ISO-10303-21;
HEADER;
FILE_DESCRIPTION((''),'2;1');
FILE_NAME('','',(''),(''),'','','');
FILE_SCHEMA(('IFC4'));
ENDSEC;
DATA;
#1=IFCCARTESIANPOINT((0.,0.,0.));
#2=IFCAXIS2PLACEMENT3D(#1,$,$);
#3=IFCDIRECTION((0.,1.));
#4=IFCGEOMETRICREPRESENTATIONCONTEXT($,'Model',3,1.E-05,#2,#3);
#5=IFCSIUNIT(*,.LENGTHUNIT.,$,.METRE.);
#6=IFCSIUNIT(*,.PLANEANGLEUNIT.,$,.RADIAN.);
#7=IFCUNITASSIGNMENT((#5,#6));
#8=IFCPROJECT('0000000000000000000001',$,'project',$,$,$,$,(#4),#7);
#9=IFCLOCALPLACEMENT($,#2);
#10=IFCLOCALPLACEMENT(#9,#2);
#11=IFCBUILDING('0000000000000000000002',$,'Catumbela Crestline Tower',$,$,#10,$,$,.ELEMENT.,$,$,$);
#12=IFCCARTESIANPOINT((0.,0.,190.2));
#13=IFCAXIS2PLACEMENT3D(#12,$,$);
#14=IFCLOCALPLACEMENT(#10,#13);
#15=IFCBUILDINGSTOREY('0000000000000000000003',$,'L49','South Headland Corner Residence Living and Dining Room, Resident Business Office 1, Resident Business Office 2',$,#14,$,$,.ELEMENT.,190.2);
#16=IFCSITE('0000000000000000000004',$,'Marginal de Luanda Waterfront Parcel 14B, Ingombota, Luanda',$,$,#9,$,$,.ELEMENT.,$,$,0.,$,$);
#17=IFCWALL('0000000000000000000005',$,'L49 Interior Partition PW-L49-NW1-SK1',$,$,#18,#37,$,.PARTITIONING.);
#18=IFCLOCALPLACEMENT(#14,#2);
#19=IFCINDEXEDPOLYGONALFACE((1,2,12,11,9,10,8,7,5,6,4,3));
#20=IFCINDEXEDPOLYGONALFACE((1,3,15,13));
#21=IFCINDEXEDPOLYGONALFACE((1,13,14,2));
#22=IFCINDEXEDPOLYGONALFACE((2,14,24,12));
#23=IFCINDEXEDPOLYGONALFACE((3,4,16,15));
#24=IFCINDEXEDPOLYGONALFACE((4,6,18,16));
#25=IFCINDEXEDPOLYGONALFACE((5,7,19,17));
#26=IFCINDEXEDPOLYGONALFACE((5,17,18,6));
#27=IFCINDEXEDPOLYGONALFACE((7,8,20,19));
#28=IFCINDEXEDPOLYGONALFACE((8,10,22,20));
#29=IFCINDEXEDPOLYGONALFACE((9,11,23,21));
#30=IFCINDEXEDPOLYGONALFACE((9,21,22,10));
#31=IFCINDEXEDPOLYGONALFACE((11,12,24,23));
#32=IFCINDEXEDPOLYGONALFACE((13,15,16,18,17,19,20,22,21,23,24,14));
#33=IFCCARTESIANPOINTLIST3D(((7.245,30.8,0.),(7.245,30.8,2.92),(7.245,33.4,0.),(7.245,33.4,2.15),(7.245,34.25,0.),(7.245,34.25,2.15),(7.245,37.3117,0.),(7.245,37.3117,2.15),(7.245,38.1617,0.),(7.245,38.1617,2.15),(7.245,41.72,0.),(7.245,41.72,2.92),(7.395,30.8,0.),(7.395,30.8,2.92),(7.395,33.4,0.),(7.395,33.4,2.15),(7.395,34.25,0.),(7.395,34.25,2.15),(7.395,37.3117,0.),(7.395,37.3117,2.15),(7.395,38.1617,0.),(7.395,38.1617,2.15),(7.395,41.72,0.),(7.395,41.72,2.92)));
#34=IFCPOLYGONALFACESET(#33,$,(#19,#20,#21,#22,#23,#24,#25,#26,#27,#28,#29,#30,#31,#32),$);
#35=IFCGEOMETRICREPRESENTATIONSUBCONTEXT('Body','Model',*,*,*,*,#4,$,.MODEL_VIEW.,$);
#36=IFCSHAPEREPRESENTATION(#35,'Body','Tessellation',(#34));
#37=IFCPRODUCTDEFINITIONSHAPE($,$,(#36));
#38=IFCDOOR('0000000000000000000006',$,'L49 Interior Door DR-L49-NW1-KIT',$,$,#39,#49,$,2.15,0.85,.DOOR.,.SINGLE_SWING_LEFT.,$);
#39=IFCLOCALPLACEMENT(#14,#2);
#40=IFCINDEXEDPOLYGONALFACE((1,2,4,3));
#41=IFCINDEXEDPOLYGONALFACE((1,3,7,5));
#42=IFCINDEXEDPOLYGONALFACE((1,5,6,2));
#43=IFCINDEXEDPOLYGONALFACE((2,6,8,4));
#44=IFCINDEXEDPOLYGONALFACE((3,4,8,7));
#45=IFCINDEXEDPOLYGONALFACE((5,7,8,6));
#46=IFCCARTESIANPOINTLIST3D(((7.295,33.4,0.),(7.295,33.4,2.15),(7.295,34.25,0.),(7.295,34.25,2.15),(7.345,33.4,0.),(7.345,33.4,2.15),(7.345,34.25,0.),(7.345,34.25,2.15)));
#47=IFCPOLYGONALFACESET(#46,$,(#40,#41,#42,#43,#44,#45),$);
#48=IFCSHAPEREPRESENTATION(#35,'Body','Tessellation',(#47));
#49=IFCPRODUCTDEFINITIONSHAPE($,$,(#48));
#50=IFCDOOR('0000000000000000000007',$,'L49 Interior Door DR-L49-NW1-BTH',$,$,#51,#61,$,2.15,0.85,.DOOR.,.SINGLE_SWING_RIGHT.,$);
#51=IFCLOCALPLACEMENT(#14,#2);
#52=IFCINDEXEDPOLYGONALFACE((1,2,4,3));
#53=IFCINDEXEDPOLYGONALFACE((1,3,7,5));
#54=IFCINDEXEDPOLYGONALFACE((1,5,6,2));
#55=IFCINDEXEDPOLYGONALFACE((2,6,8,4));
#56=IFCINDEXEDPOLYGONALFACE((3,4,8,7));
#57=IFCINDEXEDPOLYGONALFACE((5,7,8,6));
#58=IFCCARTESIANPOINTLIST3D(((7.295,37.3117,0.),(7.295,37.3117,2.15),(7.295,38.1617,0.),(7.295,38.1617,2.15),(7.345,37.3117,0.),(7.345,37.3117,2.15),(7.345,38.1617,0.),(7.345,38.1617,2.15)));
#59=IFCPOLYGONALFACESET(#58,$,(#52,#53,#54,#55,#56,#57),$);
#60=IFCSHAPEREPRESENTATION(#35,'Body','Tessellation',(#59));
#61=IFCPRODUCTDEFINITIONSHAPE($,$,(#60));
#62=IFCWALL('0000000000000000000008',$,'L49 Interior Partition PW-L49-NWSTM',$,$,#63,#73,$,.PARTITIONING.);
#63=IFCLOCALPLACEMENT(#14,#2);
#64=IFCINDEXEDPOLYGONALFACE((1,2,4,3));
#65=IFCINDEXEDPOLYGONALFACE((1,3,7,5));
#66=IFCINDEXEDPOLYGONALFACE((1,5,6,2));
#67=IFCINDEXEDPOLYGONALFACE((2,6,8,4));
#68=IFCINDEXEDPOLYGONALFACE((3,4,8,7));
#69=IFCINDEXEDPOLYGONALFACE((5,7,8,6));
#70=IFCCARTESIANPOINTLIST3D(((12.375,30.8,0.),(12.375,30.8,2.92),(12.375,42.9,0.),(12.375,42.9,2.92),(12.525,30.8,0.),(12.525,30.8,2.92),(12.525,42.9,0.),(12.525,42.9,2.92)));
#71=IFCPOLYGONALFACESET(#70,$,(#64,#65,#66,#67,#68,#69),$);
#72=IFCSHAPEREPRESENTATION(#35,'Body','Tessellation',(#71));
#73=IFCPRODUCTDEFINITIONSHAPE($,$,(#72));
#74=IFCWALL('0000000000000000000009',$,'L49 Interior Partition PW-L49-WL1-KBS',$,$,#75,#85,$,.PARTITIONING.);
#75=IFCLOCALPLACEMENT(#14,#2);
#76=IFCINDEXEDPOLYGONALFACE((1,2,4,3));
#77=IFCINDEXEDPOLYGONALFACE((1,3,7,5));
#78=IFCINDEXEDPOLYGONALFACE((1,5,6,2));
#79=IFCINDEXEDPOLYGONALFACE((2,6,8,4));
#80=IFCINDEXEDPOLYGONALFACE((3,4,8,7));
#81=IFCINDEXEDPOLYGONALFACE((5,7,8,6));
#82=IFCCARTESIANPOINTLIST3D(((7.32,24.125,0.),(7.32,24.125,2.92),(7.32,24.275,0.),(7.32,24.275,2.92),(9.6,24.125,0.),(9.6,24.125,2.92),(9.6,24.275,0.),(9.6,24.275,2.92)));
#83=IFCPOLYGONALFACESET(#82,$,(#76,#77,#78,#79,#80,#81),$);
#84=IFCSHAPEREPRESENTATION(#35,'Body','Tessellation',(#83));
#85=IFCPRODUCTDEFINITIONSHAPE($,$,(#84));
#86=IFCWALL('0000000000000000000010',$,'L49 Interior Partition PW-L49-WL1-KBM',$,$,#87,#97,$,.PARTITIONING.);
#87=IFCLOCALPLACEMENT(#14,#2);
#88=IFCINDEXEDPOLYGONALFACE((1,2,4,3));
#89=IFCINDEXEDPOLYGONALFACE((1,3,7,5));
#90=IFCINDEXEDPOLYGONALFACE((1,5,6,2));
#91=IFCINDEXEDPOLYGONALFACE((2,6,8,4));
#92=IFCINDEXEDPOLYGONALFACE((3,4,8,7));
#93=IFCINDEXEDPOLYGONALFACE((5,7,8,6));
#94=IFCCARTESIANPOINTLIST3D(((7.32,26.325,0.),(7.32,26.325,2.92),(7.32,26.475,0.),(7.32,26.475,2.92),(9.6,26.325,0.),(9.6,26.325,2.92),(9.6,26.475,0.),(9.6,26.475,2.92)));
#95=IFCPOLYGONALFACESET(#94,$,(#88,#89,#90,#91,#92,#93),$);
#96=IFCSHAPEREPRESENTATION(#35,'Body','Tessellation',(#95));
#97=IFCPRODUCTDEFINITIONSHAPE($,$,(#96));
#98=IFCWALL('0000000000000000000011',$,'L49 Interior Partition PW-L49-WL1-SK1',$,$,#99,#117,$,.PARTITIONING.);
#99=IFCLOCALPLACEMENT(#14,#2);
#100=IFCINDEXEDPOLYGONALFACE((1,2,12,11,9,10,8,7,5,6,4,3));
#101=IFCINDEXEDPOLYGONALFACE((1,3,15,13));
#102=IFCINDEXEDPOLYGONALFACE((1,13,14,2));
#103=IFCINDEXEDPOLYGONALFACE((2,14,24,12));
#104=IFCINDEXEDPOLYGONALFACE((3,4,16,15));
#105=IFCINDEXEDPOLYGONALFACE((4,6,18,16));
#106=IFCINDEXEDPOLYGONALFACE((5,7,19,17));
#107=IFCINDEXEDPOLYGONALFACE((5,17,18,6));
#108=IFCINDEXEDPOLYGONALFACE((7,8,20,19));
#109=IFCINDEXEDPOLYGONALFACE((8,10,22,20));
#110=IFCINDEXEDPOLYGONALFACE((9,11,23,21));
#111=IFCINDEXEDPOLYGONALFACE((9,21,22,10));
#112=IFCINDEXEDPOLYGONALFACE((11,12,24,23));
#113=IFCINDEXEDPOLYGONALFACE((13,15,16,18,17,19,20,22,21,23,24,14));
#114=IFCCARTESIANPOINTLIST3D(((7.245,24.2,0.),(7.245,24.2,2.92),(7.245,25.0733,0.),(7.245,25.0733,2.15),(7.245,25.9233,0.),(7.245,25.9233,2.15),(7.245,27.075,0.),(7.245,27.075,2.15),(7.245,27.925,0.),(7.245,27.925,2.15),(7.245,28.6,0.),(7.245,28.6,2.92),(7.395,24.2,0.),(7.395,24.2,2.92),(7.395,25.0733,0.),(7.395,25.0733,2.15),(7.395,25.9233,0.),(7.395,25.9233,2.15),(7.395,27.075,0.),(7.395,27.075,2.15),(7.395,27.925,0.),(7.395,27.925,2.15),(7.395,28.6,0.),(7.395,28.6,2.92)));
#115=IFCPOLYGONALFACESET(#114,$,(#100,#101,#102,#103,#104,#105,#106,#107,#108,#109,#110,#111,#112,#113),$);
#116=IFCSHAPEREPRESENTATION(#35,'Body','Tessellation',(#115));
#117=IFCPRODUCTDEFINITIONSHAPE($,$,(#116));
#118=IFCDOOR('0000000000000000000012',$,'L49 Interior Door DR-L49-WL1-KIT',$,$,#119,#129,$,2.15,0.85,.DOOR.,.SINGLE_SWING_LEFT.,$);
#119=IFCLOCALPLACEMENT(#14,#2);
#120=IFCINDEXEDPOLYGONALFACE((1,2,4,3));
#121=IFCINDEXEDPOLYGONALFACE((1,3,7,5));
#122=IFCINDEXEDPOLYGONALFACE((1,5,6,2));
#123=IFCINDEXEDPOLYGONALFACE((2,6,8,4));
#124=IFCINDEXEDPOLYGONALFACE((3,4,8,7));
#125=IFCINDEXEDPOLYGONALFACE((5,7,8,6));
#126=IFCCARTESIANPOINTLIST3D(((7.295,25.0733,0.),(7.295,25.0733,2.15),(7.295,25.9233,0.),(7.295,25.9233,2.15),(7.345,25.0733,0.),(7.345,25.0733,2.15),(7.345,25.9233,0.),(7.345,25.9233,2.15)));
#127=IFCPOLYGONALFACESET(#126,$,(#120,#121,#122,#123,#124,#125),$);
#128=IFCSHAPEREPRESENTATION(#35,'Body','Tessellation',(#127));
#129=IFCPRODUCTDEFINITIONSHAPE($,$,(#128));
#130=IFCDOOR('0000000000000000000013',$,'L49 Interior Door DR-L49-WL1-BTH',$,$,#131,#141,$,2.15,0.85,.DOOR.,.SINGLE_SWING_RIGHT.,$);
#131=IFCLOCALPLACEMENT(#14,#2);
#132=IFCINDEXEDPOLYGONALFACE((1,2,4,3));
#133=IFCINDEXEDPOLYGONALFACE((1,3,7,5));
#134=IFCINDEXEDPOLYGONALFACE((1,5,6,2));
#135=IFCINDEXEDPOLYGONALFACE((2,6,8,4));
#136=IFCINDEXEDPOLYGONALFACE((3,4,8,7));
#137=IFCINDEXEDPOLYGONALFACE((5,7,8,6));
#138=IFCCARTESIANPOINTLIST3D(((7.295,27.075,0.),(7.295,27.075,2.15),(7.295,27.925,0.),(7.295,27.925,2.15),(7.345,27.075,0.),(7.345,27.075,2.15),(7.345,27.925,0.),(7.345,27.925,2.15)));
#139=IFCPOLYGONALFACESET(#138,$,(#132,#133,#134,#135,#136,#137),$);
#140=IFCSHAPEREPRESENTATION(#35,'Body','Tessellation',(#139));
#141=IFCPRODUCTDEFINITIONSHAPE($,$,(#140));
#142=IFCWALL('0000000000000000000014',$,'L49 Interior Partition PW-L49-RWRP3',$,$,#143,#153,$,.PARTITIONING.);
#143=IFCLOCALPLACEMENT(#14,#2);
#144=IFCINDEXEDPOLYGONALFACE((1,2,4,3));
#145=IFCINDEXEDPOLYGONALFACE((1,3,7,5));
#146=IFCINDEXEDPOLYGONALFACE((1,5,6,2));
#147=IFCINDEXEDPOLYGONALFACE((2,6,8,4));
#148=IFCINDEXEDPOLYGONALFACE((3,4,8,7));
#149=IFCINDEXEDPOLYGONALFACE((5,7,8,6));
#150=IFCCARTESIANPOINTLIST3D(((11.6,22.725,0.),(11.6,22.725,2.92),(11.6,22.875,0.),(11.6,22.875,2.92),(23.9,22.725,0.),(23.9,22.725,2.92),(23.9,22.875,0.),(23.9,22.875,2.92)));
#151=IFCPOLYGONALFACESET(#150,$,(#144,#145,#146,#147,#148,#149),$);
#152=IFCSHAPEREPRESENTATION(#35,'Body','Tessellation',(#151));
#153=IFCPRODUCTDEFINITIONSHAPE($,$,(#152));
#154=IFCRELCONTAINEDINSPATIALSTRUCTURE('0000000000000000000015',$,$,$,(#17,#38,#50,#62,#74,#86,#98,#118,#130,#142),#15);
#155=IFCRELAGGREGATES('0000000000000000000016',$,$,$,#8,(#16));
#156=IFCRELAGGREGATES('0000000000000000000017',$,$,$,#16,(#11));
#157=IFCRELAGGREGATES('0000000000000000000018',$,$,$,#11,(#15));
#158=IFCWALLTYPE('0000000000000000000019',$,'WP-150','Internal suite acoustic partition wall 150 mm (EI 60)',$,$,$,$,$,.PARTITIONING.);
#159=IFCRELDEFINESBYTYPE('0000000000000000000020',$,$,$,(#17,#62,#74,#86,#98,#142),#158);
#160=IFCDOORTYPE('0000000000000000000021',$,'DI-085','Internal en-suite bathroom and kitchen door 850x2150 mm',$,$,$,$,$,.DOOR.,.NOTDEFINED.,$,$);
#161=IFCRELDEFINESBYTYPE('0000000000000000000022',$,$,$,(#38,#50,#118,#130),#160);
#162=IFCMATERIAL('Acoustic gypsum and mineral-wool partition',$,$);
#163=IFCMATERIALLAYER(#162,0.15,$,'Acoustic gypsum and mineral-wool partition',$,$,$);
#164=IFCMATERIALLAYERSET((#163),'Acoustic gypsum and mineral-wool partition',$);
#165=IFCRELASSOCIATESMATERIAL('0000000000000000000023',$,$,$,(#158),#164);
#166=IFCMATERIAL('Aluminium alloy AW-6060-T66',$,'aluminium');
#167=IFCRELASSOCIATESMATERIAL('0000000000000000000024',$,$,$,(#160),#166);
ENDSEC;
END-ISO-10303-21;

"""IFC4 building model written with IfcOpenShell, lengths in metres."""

from ifc_helpers import new_model, si_unit, direction, frame, frame_2d, origin, place, context, subcontext, project, spatial, rectangle, extrude, material, layer, layer_set, type_object, element, fill, save


model = new_model("IFC4")

# Units and contexts
model_context = context("Model", 3, precision=1e-05, world=origin(), true_north=direction((0.0, 1.0)))
body_context = subcontext(model_context, "Body", "Model", "MODEL_VIEW")
ifc_project = project(units=[si_unit("LENGTHUNIT", "METRE"), si_unit("PLANEANGLEUNIT", "RADIAN")], contexts=[model_context])

# Site, building, storey
site_placement = place(None, origin())
site = spatial("IfcSite", under=ifc_project, at=site_placement, Name="Marginal de Luanda Waterfront Parcel 14B, Ingombota, Luanda", CompositionType="ELEMENT", RefElevation=0.0)
building_placement = place(site_placement, origin())
building = spatial("IfcBuilding", under=site, at=building_placement, Name="Catumbela Crestline Tower", CompositionType="ELEMENT")
storey_placement = place(building_placement, frame((0.0, 0.0, 190.2)))
storey = spatial("IfcBuildingStorey", under=building, at=storey_placement, Name="L49", Description="South Headland Corner Residence Living and Dining Room, Resident Business Office 1, Resident Business Office 2", CompositionType="ELEMENT", Elevation=190.2)

# Shared definitions
ifc_material_1 = material(Name="Acoustic gypsum and mineral-wool partition")
ifc_material_2 = material(Name="Aluminium alloy AW-6060-T66", Category="aluminium")

# Shared definitions
ifc_layer_1 = layer(ifc_material_1, 0.15, Name="Acoustic gypsum and mineral-wool partition")
ifc_layer_set_1 = layer_set([ifc_layer_1], Name="Acoustic gypsum and mineral-wool partition")
wall_type_1 = type_object("IfcWallType", Name="WP-150", Description="Internal suite acoustic partition wall 150 mm (EI 60)", PredefinedType="PARTITIONING", material=ifc_layer_set_1)

# Wall, openings, doors
wall_1_placement = place(storey_placement, frame((7.32, 30.8, 0.0), z_axis=(0.0, 0.0, 1.0), x_axis=(0.0, 1.0, 0.0)))
wall_1 = element("IfcWall", 1, at=wall_1_placement, inside=storey, type_object=wall_type_1, Name="L49 Interior Partition PW-L49-NW1-SK1", PredefinedType="PARTITIONING", context=body_context, shape_type="SweptSolid", body=[
    extrude(rectangle(XDim=10.92, YDim=0.15, at=frame_2d((5.46, 0.0))), origin(), (0.0, 0.0, 1.0), 2.92),
])
opening_1_placement = place(wall_1_placement, frame((2.6, 0.0, 0.0)))
opening_1 = element("IfcOpeningElement", 2, at=opening_1_placement, cuts=wall_1, PredefinedType="OPENING", context=body_context, shape_type="SweptSolid", body=[
    extrude(rectangle(XDim=0.85, YDim=2.15, at=frame_2d((0.425, 1.075))), frame((0.0, 0.085, 0.0), z_axis=(0.0, -1.0, 0.0), x_axis=(1.0, 0.0, 0.0)), (0.0, 0.0, 1.0), 0.17),
])
opening_2_placement = place(wall_1_placement, frame((6.5117, 0.0, 0.0)))
opening_2 = element("IfcOpeningElement", 3, at=opening_2_placement, cuts=wall_1, PredefinedType="OPENING", context=body_context, shape_type="SweptSolid", body=[
    extrude(rectangle(XDim=0.85, YDim=2.15, at=frame_2d((0.425, 1.075))), frame((0.0, 0.085, 0.0), z_axis=(0.0, -1.0, 0.0), x_axis=(1.0, 0.0, 0.0)), (0.0, 0.0, 1.0), 0.17),
])
door_type_1 = type_object("IfcDoorType", Name="DI-085", Description="Internal en-suite bathroom and kitchen door 850x2150 mm", OperationType="NOTDEFINED", PredefinedType="DOOR", material=ifc_material_2)
door_1_placement = place(opening_1_placement, origin())
door_1 = element("IfcDoor", 4, at=door_1_placement, inside=storey, type_object=door_type_1, Name="L49 Interior Door DR-L49-NW1-KIT", OperationType="SINGLE_SWING_LEFT", OverallHeight=2.15, OverallWidth=0.85, PredefinedType="DOOR", context=body_context, shape_type="SweptSolid", body=[
    extrude(rectangle(XDim=0.85, YDim=2.15, at=frame_2d((0.425, 1.075))), frame((0.0, 0.025, 0.0), z_axis=(0.0, -1.0, 0.0), x_axis=(1.0, 0.0, 0.0)), (0.0, 0.0, 1.0), 0.05),
])
fill(opening_1, door_1)
door_2_placement = place(opening_2_placement, origin())
door_2 = element("IfcDoor", 5, at=door_2_placement, inside=storey, type_object=door_type_1, Name="L49 Interior Door DR-L49-NW1-BTH", OperationType="SINGLE_SWING_RIGHT", OverallHeight=2.15, OverallWidth=0.85, PredefinedType="DOOR", context=body_context, shape_type="SweptSolid", body=[
    extrude(rectangle(XDim=0.85, YDim=2.15, at=frame_2d((0.425, 1.075))), frame((0.0, 0.025, 0.0), z_axis=(0.0, -1.0, 0.0), x_axis=(1.0, 0.0, 0.0)), (0.0, 0.0, 1.0), 0.05),
])
fill(opening_2, door_2)

# Walls
wall_2_placement = place(storey_placement, frame((12.45, 30.8, 0.0), z_axis=(0.0, 0.0, 1.0), x_axis=(0.0, 1.0, 0.0)))
element("IfcWall", 6, at=wall_2_placement, inside=storey, type_object=wall_type_1, Name="L49 Interior Partition PW-L49-NWSTM", PredefinedType="PARTITIONING", context=body_context, shape_type="SweptSolid", body=[
    extrude(rectangle(XDim=12.1, YDim=0.15, at=frame_2d((6.05, 0.0))), origin(), (0.0, 0.0, 1.0), 2.92),
])
for number, where, z_axis, x_axis, name in (
    (7, (7.32, 24.2, 0.0), (0.0, 0.0, 1.0), (1.0, 0.0, 0.0), "L49 Interior Partition PW-L49-WL1-KBS"),
    (8, (7.32, 26.4, 0.0), (0.0, 0.0, 1.0), (1.0, 0.0, 0.0), "L49 Interior Partition PW-L49-WL1-KBM"),
):
    element("IfcWall", number, at=place(storey_placement, frame(where, z_axis=z_axis, x_axis=x_axis)), inside=storey, type_object=wall_type_1, Name=name, PredefinedType="PARTITIONING", context=body_context, shape_type="SweptSolid", body=[
        extrude(rectangle(XDim=2.28, YDim=0.15, at=frame_2d((1.14, 0.0))), origin(), (0.0, 0.0, 1.0), 2.92),
    ])

# Wall, openings, doors
wall_3_placement = place(storey_placement, frame((7.32, 24.2, 0.0), z_axis=(0.0, 0.0, 1.0), x_axis=(0.0, 1.0, 0.0)))
wall_3 = element("IfcWall", 9, at=wall_3_placement, inside=storey, type_object=wall_type_1, Name="L49 Interior Partition PW-L49-WL1-SK1", PredefinedType="PARTITIONING", context=body_context, shape_type="SweptSolid", body=[
    extrude(rectangle(XDim=4.4, YDim=0.15, at=frame_2d((2.2, 0.0))), origin(), (0.0, 0.0, 1.0), 2.92),
])
opening_3_placement = place(wall_3_placement, frame((0.8733, 0.0, 0.0)))
opening_3 = element("IfcOpeningElement", 10, at=opening_3_placement, cuts=wall_3, PredefinedType="OPENING", context=body_context, shape_type="SweptSolid", body=[
    extrude(rectangle(XDim=0.85, YDim=2.15, at=frame_2d((0.425, 1.075))), frame((0.0, 0.085, 0.0), z_axis=(0.0, -1.0, 0.0), x_axis=(1.0, 0.0, 0.0)), (0.0, 0.0, 1.0), 0.17),
])
opening_4_placement = place(wall_3_placement, frame((2.875, 0.0, 0.0)))
opening_4 = element("IfcOpeningElement", 11, at=opening_4_placement, cuts=wall_3, PredefinedType="OPENING", context=body_context, shape_type="SweptSolid", body=[
    extrude(rectangle(XDim=0.85, YDim=2.15, at=frame_2d((0.425, 1.075))), frame((0.0, 0.085, 0.0), z_axis=(0.0, -1.0, 0.0), x_axis=(1.0, 0.0, 0.0)), (0.0, 0.0, 1.0), 0.17),
])
door_3_placement = place(opening_3_placement, origin())
door_3 = element("IfcDoor", 12, at=door_3_placement, inside=storey, type_object=door_type_1, Name="L49 Interior Door DR-L49-WL1-KIT", OperationType="SINGLE_SWING_LEFT", OverallHeight=2.15, OverallWidth=0.85, PredefinedType="DOOR", context=body_context, shape_type="SweptSolid", body=[
    extrude(rectangle(XDim=0.85, YDim=2.15, at=frame_2d((0.425, 1.075))), frame((0.0, 0.025, 0.0), z_axis=(0.0, -1.0, 0.0), x_axis=(1.0, 0.0, 0.0)), (0.0, 0.0, 1.0), 0.05),
])
fill(opening_3, door_3)
door_4_placement = place(opening_4_placement, origin())
door_4 = element("IfcDoor", 13, at=door_4_placement, inside=storey, type_object=door_type_1, Name="L49 Interior Door DR-L49-WL1-BTH", OperationType="SINGLE_SWING_RIGHT", OverallHeight=2.15, OverallWidth=0.85, PredefinedType="DOOR", context=body_context, shape_type="SweptSolid", body=[
    extrude(rectangle(XDim=0.85, YDim=2.15, at=frame_2d((0.425, 1.075))), frame((0.0, 0.025, 0.0), z_axis=(0.0, -1.0, 0.0), x_axis=(1.0, 0.0, 0.0)), (0.0, 0.0, 1.0), 0.05),
])
fill(opening_4, door_4)

# Wall
wall_4_placement = place(storey_placement, frame((11.6, 22.8, 0.0), z_axis=(0.0, 0.0, 1.0), x_axis=(1.0, 0.0, 0.0)))
element("IfcWall", 14, at=wall_4_placement, inside=storey, type_object=wall_type_1, Name="L49 Interior Partition PW-L49-RWRP3", PredefinedType="PARTITIONING", context=body_context, shape_type="SweptSolid", body=[
    extrude(rectangle(XDim=12.3, YDim=0.15, at=frame_2d((6.15, 0.0))), origin(), (0.0, 0.0, 1.0), 2.92),
])

save(model, "model.ifc")
